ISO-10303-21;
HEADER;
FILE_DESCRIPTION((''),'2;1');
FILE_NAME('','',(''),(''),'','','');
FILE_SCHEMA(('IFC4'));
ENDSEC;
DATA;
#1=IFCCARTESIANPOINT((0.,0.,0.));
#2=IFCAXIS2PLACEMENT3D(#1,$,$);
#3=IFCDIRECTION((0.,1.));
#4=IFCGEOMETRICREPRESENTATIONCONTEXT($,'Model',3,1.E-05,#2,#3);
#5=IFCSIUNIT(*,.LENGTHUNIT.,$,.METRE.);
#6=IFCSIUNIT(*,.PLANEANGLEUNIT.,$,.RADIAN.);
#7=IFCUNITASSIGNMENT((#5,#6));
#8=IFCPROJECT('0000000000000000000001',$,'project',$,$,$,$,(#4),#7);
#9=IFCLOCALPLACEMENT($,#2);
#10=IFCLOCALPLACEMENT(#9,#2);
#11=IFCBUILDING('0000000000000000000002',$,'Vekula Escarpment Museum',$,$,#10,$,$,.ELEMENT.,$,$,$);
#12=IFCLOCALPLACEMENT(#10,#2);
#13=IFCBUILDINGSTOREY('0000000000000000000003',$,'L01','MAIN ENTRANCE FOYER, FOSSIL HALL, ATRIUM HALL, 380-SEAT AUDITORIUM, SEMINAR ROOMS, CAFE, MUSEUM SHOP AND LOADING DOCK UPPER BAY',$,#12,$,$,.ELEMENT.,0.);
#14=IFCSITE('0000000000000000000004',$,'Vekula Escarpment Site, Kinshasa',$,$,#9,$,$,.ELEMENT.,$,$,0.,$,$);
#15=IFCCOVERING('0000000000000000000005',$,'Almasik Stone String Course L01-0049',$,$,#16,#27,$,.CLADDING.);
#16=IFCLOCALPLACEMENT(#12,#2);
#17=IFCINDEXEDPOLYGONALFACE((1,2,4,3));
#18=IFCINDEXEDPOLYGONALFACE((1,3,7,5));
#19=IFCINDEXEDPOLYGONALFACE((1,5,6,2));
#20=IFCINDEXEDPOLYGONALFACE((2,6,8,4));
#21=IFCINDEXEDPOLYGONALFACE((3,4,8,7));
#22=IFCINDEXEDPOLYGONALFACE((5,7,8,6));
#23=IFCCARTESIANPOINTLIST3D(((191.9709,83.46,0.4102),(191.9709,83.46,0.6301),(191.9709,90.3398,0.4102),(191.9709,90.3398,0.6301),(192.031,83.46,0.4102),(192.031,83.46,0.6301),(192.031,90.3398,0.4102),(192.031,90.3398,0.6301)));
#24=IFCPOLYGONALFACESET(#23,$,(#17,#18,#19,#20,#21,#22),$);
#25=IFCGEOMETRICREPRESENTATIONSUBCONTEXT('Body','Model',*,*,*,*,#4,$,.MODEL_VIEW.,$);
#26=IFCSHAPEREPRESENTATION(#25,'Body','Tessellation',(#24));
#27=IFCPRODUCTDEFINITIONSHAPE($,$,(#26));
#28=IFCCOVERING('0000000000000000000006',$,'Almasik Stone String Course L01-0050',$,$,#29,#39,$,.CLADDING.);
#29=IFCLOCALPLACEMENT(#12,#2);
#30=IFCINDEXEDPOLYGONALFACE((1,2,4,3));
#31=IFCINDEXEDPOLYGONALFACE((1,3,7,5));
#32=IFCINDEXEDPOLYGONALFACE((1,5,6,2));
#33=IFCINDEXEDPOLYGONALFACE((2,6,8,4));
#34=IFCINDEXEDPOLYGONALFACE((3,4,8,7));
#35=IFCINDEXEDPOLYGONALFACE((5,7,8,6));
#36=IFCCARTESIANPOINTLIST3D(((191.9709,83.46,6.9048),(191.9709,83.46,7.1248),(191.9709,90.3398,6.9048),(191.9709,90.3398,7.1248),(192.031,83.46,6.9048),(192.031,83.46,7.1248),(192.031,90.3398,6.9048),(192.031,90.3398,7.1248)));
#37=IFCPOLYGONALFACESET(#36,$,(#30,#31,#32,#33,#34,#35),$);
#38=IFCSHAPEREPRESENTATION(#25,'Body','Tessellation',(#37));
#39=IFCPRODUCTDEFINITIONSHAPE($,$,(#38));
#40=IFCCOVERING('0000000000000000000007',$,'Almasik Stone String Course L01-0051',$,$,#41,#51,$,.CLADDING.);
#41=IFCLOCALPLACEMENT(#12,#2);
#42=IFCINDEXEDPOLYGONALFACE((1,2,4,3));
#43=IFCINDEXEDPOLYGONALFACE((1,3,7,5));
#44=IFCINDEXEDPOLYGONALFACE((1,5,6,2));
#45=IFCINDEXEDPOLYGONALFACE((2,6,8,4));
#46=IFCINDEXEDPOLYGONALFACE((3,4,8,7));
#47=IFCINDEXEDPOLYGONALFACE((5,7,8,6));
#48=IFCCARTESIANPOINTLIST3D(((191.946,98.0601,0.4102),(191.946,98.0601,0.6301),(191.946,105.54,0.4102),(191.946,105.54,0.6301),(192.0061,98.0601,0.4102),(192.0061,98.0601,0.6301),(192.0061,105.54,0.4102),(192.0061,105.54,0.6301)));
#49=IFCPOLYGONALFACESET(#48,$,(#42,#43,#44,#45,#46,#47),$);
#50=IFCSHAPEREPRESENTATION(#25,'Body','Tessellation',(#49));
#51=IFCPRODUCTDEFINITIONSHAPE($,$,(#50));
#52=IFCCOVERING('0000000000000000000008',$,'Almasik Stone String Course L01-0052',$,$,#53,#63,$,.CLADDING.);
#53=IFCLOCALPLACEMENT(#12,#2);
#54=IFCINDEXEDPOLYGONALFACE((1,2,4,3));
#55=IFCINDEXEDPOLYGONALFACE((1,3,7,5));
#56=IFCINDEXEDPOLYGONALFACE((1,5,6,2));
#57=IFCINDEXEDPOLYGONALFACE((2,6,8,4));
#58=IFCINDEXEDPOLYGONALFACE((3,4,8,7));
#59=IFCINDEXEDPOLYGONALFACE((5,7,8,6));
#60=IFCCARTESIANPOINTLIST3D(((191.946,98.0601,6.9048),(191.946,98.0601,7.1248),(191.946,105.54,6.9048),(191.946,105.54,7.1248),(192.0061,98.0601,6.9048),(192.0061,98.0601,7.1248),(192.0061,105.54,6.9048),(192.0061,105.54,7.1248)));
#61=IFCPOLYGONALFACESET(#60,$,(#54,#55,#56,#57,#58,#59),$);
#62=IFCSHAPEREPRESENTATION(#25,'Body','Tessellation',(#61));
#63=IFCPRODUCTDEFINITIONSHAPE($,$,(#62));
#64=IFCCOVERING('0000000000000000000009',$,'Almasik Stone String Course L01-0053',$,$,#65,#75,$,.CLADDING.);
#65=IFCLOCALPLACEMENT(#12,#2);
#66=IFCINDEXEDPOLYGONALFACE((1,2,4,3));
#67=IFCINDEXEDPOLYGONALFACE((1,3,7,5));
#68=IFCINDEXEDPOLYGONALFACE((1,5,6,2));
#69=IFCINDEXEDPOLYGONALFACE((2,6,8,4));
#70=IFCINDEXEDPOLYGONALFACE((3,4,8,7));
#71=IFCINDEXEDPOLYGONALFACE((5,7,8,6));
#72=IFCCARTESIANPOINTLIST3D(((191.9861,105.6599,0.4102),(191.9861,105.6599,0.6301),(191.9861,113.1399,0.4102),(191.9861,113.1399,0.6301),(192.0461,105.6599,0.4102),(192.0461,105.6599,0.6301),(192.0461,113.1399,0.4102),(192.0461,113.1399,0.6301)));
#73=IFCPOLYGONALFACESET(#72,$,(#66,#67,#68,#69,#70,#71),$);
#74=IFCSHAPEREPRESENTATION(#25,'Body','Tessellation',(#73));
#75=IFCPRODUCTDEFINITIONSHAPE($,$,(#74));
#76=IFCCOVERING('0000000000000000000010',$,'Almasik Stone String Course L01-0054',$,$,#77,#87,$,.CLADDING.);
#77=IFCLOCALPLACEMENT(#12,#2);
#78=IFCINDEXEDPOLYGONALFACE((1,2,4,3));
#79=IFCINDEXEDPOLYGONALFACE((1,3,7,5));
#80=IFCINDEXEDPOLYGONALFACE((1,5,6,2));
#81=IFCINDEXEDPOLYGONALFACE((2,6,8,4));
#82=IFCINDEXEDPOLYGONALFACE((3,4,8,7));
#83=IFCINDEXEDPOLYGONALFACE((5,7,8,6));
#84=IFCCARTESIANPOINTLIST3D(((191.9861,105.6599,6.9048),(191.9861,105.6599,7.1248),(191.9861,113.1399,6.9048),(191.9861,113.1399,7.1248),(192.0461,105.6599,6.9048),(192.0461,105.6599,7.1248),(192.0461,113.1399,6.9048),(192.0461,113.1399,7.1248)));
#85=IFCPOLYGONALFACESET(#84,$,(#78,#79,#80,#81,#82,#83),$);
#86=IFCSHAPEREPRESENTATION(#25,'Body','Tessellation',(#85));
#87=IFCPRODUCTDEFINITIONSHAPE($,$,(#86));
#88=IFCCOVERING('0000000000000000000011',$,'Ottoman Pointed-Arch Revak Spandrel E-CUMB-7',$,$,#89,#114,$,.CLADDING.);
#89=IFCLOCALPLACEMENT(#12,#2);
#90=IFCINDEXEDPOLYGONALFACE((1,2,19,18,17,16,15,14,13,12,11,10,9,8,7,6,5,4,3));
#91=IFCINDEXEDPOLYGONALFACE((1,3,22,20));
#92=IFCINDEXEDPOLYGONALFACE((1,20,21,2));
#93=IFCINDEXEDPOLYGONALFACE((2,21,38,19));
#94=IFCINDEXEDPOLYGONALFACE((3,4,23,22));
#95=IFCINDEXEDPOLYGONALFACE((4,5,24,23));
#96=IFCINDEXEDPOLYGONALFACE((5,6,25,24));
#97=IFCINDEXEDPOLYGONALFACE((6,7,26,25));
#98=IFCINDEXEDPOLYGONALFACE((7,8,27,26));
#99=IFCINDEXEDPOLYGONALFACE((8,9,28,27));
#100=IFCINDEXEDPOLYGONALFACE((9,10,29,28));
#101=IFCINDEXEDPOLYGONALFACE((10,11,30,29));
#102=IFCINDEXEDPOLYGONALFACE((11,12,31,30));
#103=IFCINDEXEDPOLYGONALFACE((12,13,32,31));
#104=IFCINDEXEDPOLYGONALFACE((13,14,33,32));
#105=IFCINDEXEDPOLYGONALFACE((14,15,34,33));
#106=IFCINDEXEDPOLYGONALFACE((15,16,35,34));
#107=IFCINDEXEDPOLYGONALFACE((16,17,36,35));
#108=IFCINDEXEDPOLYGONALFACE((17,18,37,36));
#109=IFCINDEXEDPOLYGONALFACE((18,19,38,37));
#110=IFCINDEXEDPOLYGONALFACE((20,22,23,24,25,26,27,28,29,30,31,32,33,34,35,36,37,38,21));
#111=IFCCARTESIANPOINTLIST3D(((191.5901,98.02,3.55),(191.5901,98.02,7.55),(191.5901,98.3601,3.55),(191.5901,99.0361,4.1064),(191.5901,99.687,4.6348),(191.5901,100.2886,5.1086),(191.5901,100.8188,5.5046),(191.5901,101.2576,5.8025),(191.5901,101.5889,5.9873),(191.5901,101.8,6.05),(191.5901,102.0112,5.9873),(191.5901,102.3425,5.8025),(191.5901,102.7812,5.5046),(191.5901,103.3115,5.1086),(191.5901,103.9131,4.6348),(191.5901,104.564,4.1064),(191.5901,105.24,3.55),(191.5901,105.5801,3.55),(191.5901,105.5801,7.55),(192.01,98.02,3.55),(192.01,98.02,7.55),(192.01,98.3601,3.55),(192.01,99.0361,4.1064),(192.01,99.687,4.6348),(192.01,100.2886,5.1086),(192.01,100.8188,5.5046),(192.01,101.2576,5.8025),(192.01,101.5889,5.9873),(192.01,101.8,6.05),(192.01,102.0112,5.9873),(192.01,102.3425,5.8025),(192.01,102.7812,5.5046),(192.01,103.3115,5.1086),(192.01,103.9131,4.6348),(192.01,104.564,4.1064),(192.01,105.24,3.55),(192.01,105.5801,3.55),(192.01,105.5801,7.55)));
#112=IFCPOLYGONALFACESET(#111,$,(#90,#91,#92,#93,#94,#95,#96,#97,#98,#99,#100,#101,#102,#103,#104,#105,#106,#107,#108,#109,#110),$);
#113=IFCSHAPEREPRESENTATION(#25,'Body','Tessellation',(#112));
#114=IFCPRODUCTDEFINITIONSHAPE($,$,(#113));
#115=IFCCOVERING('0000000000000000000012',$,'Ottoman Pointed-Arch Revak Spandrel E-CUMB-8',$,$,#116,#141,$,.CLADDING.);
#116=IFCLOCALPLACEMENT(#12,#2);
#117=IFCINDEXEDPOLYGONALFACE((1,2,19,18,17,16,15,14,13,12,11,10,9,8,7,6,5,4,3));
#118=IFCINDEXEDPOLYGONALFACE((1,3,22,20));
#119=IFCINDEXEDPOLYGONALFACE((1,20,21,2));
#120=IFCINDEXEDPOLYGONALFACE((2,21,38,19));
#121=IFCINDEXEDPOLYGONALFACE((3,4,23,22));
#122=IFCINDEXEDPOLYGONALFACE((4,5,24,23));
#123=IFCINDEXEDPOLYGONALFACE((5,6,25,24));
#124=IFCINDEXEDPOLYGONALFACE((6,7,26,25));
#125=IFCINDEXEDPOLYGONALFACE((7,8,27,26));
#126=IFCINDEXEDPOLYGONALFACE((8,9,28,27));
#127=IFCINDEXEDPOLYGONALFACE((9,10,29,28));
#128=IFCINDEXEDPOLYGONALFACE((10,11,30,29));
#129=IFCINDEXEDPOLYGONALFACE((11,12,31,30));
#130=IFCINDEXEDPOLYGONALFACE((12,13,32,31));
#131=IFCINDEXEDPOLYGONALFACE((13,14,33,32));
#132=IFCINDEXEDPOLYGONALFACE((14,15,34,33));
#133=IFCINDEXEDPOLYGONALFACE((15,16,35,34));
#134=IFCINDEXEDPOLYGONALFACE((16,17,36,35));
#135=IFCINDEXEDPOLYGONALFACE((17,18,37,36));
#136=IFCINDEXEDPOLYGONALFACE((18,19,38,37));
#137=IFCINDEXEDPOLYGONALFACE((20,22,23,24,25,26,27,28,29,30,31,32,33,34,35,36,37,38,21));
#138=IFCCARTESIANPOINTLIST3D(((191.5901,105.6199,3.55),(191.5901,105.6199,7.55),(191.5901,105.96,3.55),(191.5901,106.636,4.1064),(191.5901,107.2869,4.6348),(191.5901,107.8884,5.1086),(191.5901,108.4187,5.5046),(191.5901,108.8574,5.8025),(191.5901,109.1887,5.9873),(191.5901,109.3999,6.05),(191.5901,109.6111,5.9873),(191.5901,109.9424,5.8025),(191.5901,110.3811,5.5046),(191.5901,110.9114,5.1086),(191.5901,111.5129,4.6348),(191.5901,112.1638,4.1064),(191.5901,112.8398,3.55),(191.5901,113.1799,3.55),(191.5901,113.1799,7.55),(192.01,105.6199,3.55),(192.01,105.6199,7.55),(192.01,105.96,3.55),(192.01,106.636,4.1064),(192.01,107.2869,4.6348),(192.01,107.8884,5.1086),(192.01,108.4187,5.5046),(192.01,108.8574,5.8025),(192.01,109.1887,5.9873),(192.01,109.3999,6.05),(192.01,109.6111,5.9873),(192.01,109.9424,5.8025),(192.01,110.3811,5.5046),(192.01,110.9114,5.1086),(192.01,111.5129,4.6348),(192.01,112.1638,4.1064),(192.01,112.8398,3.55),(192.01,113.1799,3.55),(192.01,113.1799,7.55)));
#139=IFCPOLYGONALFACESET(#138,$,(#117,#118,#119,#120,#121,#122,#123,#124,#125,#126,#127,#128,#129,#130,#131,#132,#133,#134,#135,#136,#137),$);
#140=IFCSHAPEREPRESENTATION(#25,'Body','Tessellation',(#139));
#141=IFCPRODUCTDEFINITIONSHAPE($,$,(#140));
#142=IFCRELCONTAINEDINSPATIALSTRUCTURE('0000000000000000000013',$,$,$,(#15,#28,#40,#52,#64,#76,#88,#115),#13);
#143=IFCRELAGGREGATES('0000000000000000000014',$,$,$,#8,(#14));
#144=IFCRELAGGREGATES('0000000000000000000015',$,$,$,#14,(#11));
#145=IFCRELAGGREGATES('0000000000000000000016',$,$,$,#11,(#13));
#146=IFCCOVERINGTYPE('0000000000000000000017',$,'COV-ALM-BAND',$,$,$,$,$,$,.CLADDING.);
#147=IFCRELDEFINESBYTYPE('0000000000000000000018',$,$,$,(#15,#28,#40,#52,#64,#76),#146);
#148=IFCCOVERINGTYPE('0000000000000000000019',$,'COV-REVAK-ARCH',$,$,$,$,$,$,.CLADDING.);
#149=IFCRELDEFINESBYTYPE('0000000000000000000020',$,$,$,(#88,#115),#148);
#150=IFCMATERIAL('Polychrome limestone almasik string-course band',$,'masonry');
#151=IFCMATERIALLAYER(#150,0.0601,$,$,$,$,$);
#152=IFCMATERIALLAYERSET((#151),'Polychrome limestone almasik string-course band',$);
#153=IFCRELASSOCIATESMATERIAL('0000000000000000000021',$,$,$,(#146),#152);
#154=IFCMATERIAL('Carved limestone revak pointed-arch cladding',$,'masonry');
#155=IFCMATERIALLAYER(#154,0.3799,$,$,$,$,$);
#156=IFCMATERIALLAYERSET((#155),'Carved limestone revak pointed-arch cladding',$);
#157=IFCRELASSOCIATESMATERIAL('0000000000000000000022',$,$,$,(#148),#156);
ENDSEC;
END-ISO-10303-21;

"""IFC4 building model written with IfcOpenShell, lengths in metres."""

from ifc_helpers import new_model, si_unit, direction, frame, origin, origin_2d, place, context, subcontext, project, spatial, polyline, rectangle, outline, extrude, material, layer, layer_set, type_object, element, save


model = new_model("IFC4")

# Units and contexts
model_context = context("Model", 3, precision=1e-05, world=origin(), true_north=direction((0.0, 1.0)))
body_context = subcontext(model_context, "Body", "Model", "MODEL_VIEW")
ifc_project = project(units=[si_unit("LENGTHUNIT", "METRE"), si_unit("PLANEANGLEUNIT", "RADIAN")], contexts=[model_context])

# Site, building, storey
site_placement = place(None, origin())
site = spatial("IfcSite", under=ifc_project, at=site_placement, Name="Vekula Escarpment Site, Kinshasa", CompositionType="ELEMENT", RefElevation=0.0)
building_placement = place(site_placement, origin())
building = spatial("IfcBuilding", under=site, at=building_placement, Name="Vekula Escarpment Museum", CompositionType="ELEMENT")
storey_placement = place(building_placement, origin())
storey = spatial("IfcBuildingStorey", under=building, at=storey_placement, Name="L01", Description="MAIN ENTRANCE FOYER, FOSSIL HALL, ATRIUM HALL, 380-SEAT AUDITORIUM, SEMINAR ROOMS, CAFE, MUSEUM SHOP AND LOADING DOCK UPPER BAY", CompositionType="ELEMENT", Elevation=0.0)

# Coverings
ifc_material_1 = material(Name="Polychrome limestone almasik string-course band", Category="masonry")
ifc_layer_1 = layer(ifc_material_1, 0.0601)
ifc_layer_set_1 = layer_set([ifc_layer_1], Name="Polychrome limestone almasik string-course band")
covering_type_1 = type_object("IfcCoveringType", Name="COV-ALM-BAND", PredefinedType="CLADDING", material=ifc_layer_set_1)
for number, where, z_axis, x_axis, name in (
    (1, (192.001, 86.8999, 0.4102), (0.0, 0.0, 1.0), (0.0, 1.0, 0.0), "Almasik Stone String Course L01-0049"),
    (2, (192.001, 86.8999, 6.9048), (0.0, 0.0, 1.0), (0.0, 1.0, 0.0), "Almasik Stone String Course L01-0050"),
):
    element("IfcCovering", number, at=place(storey_placement, frame(where, z_axis=z_axis, x_axis=x_axis)), inside=storey, type_object=covering_type_1, Name=name, PredefinedType="CLADDING", context=body_context, shape_type="SweptSolid", body=[
        extrude(rectangle(XDim=6.8799, YDim=0.0601, at=origin_2d()), origin(), (0.0, 0.0, 1.0), 0.22),
    ])
for number, where, z_axis, x_axis, name in (
    (3, (191.9761, 101.8, 0.4102), (0.0, 0.0, 1.0), (0.0, 1.0, 0.0), "Almasik Stone String Course L01-0051"),
    (4, (191.9761, 101.8, 6.9048), (0.0, 0.0, 1.0), (0.0, 1.0, 0.0), "Almasik Stone String Course L01-0052"),
    (5, (192.0161, 109.3999, 0.4102), (0.0, 0.0, 1.0), (0.0, 1.0, 0.0), "Almasik Stone String Course L01-0053"),
    (6, (192.0161, 109.3999, 6.9048), (0.0, 0.0, 1.0), (0.0, 1.0, 0.0), "Almasik Stone String Course L01-0054"),
):
    element("IfcCovering", number, at=place(storey_placement, frame(where, z_axis=z_axis, x_axis=x_axis)), inside=storey, type_object=covering_type_1, Name=name, PredefinedType="CLADDING", context=body_context, shape_type="SweptSolid", body=[
        extrude(rectangle(XDim=7.48, YDim=0.0601, at=origin_2d()), origin(), (0.0, 0.0, 1.0), 0.22),
    ])
ifc_material_2 = material(Name="Carved limestone revak pointed-arch cladding", Category="masonry")
ifc_layer_2 = layer(ifc_material_2, 0.3799)
ifc_layer_set_2 = layer_set([ifc_layer_2], Name="Carved limestone revak pointed-arch cladding")
covering_type_2 = type_object("IfcCoveringType", Name="COV-REVAK-ARCH", PredefinedType="CLADDING", material=ifc_layer_set_2)
for number, where, z_axis, x_axis, name in (
    (7, (191.5901, 101.8, 3.55), (1.0, 0.0, 0.0), (0.0, 1.0, 0.0), "Ottoman Pointed-Arch Revak Spandrel E-CUMB-7"),
    (8, (191.5901, 109.3999, 3.55), (1.0, 0.0, 0.0), (0.0, 1.0, 0.0), "Ottoman Pointed-Arch Revak Spandrel E-CUMB-8"),
):
    element("IfcCovering", number, at=place(storey_placement, frame(where, z_axis=z_axis, x_axis=x_axis)), inside=storey, type_object=covering_type_2, Name=name, PredefinedType="CLADDING", context=body_context, shape_type="SweptSolid", body=[
        extrude(outline(polyline([(-3.78, 4.0), (3.78, 4.0), (3.78, 0.0), (3.4399, 0.0), (2.7639, 0.5564), (2.113, 1.0847), (1.5115, 1.5586), (0.9812, 1.9546), (0.5425, 2.2524), (0.2112, 2.4373), (0.0, 2.5), (-0.2112, 2.4373), (-0.5425, 2.2524), (-0.9812, 1.9546), (-1.5115, 1.5586), (-2.113, 1.0847), (-2.7639, 0.5564), (-3.4399, 0.0), (-3.78, 0.0), (-3.78, 4.0)])), origin(), (0.0, 0.0, 1.0), 0.4199),
    ])

save(model, "model.ifc")
